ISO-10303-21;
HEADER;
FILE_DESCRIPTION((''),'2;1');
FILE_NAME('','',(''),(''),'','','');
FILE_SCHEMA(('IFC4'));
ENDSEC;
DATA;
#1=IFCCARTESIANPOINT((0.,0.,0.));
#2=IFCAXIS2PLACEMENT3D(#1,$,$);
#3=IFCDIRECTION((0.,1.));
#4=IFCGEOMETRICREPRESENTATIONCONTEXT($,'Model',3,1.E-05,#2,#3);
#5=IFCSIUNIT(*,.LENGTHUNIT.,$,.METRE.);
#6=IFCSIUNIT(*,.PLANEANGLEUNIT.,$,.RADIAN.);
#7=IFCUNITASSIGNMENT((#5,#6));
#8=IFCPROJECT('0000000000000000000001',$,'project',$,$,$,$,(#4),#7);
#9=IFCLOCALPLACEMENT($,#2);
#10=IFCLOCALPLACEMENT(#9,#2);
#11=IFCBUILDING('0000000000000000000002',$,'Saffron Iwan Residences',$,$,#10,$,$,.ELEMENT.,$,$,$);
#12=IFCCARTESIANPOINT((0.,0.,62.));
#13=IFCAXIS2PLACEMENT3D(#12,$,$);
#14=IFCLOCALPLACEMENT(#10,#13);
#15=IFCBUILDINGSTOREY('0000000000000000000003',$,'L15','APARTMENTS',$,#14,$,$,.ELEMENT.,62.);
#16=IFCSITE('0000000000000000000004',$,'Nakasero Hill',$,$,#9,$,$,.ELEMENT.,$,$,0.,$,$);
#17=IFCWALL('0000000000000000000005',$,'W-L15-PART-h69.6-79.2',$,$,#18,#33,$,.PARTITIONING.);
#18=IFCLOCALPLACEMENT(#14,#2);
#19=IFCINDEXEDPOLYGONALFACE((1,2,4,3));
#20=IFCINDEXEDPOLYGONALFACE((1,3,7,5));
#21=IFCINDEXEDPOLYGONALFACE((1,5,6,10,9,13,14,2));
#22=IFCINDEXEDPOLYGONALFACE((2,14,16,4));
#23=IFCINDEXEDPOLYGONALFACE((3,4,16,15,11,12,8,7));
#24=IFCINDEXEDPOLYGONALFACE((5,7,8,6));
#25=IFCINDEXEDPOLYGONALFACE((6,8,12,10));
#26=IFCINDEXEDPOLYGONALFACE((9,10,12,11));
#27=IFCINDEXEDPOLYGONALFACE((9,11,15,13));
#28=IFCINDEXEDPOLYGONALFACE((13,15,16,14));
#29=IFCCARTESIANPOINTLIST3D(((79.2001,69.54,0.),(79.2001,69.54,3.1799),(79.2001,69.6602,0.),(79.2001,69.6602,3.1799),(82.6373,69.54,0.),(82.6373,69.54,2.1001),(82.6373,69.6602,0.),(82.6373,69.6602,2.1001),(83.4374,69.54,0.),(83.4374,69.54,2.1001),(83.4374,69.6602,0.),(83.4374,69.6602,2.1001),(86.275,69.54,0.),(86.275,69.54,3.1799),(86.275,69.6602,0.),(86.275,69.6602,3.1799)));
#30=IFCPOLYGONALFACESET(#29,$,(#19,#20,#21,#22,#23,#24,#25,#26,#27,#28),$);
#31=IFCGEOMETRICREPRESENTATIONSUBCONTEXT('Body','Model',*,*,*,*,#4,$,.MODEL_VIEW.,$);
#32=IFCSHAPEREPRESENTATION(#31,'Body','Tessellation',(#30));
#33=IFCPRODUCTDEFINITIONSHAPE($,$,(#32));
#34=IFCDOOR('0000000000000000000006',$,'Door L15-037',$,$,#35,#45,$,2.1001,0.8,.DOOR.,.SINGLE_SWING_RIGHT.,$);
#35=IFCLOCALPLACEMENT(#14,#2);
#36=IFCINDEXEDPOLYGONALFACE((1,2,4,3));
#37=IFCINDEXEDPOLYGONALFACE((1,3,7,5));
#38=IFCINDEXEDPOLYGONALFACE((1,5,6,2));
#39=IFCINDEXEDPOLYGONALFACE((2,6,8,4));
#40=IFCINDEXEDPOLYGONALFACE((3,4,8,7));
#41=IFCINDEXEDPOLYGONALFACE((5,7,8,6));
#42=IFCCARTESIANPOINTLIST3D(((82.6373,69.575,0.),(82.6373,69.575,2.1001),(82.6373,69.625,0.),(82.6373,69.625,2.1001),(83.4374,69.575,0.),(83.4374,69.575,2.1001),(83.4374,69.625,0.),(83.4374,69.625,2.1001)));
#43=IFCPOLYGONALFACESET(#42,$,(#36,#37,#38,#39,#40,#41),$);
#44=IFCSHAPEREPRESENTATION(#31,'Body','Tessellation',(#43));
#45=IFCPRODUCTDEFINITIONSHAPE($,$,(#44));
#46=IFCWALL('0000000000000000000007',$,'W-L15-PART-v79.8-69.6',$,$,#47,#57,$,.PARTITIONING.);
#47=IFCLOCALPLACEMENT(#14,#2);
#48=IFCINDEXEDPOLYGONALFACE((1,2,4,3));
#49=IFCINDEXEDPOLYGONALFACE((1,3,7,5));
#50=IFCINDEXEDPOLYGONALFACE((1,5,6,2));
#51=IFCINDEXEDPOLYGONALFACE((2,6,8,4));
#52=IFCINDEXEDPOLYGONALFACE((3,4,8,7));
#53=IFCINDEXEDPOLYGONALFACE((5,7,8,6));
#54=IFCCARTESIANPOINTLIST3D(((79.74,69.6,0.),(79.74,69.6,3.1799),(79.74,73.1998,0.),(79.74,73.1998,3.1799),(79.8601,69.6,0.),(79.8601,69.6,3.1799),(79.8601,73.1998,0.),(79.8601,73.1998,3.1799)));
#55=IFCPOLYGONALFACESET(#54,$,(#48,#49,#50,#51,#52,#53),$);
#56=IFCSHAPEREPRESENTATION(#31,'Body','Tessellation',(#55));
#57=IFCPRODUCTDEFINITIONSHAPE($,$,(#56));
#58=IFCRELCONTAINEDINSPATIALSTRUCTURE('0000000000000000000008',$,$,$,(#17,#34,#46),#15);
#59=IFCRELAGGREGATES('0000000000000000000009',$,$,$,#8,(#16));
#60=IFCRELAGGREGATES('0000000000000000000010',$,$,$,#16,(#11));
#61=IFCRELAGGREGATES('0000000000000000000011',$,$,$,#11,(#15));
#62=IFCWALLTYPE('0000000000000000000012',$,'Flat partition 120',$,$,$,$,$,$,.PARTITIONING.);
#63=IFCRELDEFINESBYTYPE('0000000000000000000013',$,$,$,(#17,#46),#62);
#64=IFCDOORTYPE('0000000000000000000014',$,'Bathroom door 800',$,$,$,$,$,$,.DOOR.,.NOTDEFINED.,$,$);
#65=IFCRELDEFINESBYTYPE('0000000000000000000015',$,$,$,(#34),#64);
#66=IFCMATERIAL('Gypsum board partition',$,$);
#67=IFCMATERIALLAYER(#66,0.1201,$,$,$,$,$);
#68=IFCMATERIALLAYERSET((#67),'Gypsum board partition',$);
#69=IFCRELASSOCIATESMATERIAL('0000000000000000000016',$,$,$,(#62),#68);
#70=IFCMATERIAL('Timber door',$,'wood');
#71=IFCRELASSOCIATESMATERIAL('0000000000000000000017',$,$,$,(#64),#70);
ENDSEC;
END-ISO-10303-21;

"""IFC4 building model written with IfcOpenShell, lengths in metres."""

from ifc_helpers import new_model, si_unit, direction, frame, frame_2d, origin, place, context, subcontext, project, spatial, rectangle, extrude, material, layer, layer_set, type_object, element, fill, save


model = new_model("IFC4")

# Units and contexts
model_context = context("Model", 3, precision=1e-05, world=origin(), true_north=direction((0.0, 1.0)))
body_context = subcontext(model_context, "Body", "Model", "MODEL_VIEW")
ifc_project = project(units=[si_unit("LENGTHUNIT", "METRE"), si_unit("PLANEANGLEUNIT", "RADIAN")], contexts=[model_context])

# Site, building, storey
site_placement = place(None, origin())
site = spatial("IfcSite", under=ifc_project, at=site_placement, Name="Nakasero Hill", CompositionType="ELEMENT", RefElevation=0.0)
building_placement = place(site_placement, origin())
building = spatial("IfcBuilding", under=site, at=building_placement, Name="Saffron Iwan Residences", CompositionType="ELEMENT")
storey_placement = place(building_placement, frame((0.0, 0.0, 62.0)))
storey = spatial("IfcBuildingStorey", under=building, at=storey_placement, Name="L15", Description="APARTMENTS", CompositionType="ELEMENT", Elevation=62.0)

# Shared definitions
ifc_material_1 = material(Name="Gypsum board partition")
ifc_layer_1 = layer(ifc_material_1, 0.1201)
ifc_layer_set_1 = layer_set([ifc_layer_1], Name="Gypsum board partition")
wall_type_1 = type_object("IfcWallType", Name="Flat partition 120", PredefinedType="PARTITIONING", material=ifc_layer_set_1)

# Wall, opening, door
wall_1_placement = place(storey_placement, frame((79.2, 69.6001, 0.0), z_axis=(0.0, 0.0, 1.0), x_axis=(1.0, 0.0, 0.0)))
wall_1 = element("IfcWall", 1, at=wall_1_placement, inside=storey, type_object=wall_type_1, Name="W-L15-PART-h69.6-79.2", PredefinedType="PARTITIONING", context=body_context, shape_type="SweptSolid", body=[
    extrude(rectangle(XDim=7.075, YDim=0.1201, at=frame_2d((3.5376, 0.0))), origin(), (0.0, 0.0, 1.0), 3.1799),
])
opening_1_placement = place(wall_1_placement, frame((3.4375, 0.0, 0.0)))
opening_1 = element("IfcOpeningElement", 2, at=opening_1_placement, cuts=wall_1, PredefinedType="OPENING", context=body_context, shape_type="SweptSolid", body=[
    extrude(rectangle(XDim=0.8, YDim=2.1001, at=frame_2d((0.3999, 1.05))), frame((0.0, 0.0701, 0.0), z_axis=(0.0, -1.0, 0.0), x_axis=(1.0, 0.0, 0.0)), (0.0, 0.0, 1.0), 0.1401),
])
ifc_material_2 = material(Name="Timber door", Category="wood")
door_type_1 = type_object("IfcDoorType", Name="Bathroom door 800", OperationType="NOTDEFINED", PredefinedType="DOOR", material=ifc_material_2)
door_1_placement = place(opening_1_placement, origin())
door_1 = element("IfcDoor", 3, at=door_1_placement, inside=storey, type_object=door_type_1, Name="Door L15-037", OperationType="SINGLE_SWING_RIGHT", OverallHeight=2.1001, OverallWidth=0.8, PredefinedType="DOOR", context=body_context, shape_type="SweptSolid", body=[
    extrude(rectangle(XDim=0.8, YDim=2.1001, at=frame_2d((0.3999, 1.05))), frame((0.0, 0.0249, 0.0), z_axis=(0.0, -1.0, 0.0), x_axis=(1.0, 0.0, 0.0)), (0.0, 0.0, 1.0), 0.05),
])
fill(opening_1, door_1)

# Wall
wall_2_placement = place(storey_placement, frame((79.8, 69.6001, 0.0), z_axis=(0.0, 0.0, 1.0), x_axis=(0.0, 1.0, 0.0)))
element("IfcWall", 4, at=wall_2_placement, inside=storey, type_object=wall_type_1, Name="W-L15-PART-v79.8-69.6", PredefinedType="PARTITIONING", context=body_context, shape_type="SweptSolid", body=[
    extrude(rectangle(XDim=3.5999, YDim=0.1201, at=frame_2d((1.7998, 0.0))), origin(), (0.0, 0.0, 1.0), 3.1799),
])

save(model, "model.ifc")
